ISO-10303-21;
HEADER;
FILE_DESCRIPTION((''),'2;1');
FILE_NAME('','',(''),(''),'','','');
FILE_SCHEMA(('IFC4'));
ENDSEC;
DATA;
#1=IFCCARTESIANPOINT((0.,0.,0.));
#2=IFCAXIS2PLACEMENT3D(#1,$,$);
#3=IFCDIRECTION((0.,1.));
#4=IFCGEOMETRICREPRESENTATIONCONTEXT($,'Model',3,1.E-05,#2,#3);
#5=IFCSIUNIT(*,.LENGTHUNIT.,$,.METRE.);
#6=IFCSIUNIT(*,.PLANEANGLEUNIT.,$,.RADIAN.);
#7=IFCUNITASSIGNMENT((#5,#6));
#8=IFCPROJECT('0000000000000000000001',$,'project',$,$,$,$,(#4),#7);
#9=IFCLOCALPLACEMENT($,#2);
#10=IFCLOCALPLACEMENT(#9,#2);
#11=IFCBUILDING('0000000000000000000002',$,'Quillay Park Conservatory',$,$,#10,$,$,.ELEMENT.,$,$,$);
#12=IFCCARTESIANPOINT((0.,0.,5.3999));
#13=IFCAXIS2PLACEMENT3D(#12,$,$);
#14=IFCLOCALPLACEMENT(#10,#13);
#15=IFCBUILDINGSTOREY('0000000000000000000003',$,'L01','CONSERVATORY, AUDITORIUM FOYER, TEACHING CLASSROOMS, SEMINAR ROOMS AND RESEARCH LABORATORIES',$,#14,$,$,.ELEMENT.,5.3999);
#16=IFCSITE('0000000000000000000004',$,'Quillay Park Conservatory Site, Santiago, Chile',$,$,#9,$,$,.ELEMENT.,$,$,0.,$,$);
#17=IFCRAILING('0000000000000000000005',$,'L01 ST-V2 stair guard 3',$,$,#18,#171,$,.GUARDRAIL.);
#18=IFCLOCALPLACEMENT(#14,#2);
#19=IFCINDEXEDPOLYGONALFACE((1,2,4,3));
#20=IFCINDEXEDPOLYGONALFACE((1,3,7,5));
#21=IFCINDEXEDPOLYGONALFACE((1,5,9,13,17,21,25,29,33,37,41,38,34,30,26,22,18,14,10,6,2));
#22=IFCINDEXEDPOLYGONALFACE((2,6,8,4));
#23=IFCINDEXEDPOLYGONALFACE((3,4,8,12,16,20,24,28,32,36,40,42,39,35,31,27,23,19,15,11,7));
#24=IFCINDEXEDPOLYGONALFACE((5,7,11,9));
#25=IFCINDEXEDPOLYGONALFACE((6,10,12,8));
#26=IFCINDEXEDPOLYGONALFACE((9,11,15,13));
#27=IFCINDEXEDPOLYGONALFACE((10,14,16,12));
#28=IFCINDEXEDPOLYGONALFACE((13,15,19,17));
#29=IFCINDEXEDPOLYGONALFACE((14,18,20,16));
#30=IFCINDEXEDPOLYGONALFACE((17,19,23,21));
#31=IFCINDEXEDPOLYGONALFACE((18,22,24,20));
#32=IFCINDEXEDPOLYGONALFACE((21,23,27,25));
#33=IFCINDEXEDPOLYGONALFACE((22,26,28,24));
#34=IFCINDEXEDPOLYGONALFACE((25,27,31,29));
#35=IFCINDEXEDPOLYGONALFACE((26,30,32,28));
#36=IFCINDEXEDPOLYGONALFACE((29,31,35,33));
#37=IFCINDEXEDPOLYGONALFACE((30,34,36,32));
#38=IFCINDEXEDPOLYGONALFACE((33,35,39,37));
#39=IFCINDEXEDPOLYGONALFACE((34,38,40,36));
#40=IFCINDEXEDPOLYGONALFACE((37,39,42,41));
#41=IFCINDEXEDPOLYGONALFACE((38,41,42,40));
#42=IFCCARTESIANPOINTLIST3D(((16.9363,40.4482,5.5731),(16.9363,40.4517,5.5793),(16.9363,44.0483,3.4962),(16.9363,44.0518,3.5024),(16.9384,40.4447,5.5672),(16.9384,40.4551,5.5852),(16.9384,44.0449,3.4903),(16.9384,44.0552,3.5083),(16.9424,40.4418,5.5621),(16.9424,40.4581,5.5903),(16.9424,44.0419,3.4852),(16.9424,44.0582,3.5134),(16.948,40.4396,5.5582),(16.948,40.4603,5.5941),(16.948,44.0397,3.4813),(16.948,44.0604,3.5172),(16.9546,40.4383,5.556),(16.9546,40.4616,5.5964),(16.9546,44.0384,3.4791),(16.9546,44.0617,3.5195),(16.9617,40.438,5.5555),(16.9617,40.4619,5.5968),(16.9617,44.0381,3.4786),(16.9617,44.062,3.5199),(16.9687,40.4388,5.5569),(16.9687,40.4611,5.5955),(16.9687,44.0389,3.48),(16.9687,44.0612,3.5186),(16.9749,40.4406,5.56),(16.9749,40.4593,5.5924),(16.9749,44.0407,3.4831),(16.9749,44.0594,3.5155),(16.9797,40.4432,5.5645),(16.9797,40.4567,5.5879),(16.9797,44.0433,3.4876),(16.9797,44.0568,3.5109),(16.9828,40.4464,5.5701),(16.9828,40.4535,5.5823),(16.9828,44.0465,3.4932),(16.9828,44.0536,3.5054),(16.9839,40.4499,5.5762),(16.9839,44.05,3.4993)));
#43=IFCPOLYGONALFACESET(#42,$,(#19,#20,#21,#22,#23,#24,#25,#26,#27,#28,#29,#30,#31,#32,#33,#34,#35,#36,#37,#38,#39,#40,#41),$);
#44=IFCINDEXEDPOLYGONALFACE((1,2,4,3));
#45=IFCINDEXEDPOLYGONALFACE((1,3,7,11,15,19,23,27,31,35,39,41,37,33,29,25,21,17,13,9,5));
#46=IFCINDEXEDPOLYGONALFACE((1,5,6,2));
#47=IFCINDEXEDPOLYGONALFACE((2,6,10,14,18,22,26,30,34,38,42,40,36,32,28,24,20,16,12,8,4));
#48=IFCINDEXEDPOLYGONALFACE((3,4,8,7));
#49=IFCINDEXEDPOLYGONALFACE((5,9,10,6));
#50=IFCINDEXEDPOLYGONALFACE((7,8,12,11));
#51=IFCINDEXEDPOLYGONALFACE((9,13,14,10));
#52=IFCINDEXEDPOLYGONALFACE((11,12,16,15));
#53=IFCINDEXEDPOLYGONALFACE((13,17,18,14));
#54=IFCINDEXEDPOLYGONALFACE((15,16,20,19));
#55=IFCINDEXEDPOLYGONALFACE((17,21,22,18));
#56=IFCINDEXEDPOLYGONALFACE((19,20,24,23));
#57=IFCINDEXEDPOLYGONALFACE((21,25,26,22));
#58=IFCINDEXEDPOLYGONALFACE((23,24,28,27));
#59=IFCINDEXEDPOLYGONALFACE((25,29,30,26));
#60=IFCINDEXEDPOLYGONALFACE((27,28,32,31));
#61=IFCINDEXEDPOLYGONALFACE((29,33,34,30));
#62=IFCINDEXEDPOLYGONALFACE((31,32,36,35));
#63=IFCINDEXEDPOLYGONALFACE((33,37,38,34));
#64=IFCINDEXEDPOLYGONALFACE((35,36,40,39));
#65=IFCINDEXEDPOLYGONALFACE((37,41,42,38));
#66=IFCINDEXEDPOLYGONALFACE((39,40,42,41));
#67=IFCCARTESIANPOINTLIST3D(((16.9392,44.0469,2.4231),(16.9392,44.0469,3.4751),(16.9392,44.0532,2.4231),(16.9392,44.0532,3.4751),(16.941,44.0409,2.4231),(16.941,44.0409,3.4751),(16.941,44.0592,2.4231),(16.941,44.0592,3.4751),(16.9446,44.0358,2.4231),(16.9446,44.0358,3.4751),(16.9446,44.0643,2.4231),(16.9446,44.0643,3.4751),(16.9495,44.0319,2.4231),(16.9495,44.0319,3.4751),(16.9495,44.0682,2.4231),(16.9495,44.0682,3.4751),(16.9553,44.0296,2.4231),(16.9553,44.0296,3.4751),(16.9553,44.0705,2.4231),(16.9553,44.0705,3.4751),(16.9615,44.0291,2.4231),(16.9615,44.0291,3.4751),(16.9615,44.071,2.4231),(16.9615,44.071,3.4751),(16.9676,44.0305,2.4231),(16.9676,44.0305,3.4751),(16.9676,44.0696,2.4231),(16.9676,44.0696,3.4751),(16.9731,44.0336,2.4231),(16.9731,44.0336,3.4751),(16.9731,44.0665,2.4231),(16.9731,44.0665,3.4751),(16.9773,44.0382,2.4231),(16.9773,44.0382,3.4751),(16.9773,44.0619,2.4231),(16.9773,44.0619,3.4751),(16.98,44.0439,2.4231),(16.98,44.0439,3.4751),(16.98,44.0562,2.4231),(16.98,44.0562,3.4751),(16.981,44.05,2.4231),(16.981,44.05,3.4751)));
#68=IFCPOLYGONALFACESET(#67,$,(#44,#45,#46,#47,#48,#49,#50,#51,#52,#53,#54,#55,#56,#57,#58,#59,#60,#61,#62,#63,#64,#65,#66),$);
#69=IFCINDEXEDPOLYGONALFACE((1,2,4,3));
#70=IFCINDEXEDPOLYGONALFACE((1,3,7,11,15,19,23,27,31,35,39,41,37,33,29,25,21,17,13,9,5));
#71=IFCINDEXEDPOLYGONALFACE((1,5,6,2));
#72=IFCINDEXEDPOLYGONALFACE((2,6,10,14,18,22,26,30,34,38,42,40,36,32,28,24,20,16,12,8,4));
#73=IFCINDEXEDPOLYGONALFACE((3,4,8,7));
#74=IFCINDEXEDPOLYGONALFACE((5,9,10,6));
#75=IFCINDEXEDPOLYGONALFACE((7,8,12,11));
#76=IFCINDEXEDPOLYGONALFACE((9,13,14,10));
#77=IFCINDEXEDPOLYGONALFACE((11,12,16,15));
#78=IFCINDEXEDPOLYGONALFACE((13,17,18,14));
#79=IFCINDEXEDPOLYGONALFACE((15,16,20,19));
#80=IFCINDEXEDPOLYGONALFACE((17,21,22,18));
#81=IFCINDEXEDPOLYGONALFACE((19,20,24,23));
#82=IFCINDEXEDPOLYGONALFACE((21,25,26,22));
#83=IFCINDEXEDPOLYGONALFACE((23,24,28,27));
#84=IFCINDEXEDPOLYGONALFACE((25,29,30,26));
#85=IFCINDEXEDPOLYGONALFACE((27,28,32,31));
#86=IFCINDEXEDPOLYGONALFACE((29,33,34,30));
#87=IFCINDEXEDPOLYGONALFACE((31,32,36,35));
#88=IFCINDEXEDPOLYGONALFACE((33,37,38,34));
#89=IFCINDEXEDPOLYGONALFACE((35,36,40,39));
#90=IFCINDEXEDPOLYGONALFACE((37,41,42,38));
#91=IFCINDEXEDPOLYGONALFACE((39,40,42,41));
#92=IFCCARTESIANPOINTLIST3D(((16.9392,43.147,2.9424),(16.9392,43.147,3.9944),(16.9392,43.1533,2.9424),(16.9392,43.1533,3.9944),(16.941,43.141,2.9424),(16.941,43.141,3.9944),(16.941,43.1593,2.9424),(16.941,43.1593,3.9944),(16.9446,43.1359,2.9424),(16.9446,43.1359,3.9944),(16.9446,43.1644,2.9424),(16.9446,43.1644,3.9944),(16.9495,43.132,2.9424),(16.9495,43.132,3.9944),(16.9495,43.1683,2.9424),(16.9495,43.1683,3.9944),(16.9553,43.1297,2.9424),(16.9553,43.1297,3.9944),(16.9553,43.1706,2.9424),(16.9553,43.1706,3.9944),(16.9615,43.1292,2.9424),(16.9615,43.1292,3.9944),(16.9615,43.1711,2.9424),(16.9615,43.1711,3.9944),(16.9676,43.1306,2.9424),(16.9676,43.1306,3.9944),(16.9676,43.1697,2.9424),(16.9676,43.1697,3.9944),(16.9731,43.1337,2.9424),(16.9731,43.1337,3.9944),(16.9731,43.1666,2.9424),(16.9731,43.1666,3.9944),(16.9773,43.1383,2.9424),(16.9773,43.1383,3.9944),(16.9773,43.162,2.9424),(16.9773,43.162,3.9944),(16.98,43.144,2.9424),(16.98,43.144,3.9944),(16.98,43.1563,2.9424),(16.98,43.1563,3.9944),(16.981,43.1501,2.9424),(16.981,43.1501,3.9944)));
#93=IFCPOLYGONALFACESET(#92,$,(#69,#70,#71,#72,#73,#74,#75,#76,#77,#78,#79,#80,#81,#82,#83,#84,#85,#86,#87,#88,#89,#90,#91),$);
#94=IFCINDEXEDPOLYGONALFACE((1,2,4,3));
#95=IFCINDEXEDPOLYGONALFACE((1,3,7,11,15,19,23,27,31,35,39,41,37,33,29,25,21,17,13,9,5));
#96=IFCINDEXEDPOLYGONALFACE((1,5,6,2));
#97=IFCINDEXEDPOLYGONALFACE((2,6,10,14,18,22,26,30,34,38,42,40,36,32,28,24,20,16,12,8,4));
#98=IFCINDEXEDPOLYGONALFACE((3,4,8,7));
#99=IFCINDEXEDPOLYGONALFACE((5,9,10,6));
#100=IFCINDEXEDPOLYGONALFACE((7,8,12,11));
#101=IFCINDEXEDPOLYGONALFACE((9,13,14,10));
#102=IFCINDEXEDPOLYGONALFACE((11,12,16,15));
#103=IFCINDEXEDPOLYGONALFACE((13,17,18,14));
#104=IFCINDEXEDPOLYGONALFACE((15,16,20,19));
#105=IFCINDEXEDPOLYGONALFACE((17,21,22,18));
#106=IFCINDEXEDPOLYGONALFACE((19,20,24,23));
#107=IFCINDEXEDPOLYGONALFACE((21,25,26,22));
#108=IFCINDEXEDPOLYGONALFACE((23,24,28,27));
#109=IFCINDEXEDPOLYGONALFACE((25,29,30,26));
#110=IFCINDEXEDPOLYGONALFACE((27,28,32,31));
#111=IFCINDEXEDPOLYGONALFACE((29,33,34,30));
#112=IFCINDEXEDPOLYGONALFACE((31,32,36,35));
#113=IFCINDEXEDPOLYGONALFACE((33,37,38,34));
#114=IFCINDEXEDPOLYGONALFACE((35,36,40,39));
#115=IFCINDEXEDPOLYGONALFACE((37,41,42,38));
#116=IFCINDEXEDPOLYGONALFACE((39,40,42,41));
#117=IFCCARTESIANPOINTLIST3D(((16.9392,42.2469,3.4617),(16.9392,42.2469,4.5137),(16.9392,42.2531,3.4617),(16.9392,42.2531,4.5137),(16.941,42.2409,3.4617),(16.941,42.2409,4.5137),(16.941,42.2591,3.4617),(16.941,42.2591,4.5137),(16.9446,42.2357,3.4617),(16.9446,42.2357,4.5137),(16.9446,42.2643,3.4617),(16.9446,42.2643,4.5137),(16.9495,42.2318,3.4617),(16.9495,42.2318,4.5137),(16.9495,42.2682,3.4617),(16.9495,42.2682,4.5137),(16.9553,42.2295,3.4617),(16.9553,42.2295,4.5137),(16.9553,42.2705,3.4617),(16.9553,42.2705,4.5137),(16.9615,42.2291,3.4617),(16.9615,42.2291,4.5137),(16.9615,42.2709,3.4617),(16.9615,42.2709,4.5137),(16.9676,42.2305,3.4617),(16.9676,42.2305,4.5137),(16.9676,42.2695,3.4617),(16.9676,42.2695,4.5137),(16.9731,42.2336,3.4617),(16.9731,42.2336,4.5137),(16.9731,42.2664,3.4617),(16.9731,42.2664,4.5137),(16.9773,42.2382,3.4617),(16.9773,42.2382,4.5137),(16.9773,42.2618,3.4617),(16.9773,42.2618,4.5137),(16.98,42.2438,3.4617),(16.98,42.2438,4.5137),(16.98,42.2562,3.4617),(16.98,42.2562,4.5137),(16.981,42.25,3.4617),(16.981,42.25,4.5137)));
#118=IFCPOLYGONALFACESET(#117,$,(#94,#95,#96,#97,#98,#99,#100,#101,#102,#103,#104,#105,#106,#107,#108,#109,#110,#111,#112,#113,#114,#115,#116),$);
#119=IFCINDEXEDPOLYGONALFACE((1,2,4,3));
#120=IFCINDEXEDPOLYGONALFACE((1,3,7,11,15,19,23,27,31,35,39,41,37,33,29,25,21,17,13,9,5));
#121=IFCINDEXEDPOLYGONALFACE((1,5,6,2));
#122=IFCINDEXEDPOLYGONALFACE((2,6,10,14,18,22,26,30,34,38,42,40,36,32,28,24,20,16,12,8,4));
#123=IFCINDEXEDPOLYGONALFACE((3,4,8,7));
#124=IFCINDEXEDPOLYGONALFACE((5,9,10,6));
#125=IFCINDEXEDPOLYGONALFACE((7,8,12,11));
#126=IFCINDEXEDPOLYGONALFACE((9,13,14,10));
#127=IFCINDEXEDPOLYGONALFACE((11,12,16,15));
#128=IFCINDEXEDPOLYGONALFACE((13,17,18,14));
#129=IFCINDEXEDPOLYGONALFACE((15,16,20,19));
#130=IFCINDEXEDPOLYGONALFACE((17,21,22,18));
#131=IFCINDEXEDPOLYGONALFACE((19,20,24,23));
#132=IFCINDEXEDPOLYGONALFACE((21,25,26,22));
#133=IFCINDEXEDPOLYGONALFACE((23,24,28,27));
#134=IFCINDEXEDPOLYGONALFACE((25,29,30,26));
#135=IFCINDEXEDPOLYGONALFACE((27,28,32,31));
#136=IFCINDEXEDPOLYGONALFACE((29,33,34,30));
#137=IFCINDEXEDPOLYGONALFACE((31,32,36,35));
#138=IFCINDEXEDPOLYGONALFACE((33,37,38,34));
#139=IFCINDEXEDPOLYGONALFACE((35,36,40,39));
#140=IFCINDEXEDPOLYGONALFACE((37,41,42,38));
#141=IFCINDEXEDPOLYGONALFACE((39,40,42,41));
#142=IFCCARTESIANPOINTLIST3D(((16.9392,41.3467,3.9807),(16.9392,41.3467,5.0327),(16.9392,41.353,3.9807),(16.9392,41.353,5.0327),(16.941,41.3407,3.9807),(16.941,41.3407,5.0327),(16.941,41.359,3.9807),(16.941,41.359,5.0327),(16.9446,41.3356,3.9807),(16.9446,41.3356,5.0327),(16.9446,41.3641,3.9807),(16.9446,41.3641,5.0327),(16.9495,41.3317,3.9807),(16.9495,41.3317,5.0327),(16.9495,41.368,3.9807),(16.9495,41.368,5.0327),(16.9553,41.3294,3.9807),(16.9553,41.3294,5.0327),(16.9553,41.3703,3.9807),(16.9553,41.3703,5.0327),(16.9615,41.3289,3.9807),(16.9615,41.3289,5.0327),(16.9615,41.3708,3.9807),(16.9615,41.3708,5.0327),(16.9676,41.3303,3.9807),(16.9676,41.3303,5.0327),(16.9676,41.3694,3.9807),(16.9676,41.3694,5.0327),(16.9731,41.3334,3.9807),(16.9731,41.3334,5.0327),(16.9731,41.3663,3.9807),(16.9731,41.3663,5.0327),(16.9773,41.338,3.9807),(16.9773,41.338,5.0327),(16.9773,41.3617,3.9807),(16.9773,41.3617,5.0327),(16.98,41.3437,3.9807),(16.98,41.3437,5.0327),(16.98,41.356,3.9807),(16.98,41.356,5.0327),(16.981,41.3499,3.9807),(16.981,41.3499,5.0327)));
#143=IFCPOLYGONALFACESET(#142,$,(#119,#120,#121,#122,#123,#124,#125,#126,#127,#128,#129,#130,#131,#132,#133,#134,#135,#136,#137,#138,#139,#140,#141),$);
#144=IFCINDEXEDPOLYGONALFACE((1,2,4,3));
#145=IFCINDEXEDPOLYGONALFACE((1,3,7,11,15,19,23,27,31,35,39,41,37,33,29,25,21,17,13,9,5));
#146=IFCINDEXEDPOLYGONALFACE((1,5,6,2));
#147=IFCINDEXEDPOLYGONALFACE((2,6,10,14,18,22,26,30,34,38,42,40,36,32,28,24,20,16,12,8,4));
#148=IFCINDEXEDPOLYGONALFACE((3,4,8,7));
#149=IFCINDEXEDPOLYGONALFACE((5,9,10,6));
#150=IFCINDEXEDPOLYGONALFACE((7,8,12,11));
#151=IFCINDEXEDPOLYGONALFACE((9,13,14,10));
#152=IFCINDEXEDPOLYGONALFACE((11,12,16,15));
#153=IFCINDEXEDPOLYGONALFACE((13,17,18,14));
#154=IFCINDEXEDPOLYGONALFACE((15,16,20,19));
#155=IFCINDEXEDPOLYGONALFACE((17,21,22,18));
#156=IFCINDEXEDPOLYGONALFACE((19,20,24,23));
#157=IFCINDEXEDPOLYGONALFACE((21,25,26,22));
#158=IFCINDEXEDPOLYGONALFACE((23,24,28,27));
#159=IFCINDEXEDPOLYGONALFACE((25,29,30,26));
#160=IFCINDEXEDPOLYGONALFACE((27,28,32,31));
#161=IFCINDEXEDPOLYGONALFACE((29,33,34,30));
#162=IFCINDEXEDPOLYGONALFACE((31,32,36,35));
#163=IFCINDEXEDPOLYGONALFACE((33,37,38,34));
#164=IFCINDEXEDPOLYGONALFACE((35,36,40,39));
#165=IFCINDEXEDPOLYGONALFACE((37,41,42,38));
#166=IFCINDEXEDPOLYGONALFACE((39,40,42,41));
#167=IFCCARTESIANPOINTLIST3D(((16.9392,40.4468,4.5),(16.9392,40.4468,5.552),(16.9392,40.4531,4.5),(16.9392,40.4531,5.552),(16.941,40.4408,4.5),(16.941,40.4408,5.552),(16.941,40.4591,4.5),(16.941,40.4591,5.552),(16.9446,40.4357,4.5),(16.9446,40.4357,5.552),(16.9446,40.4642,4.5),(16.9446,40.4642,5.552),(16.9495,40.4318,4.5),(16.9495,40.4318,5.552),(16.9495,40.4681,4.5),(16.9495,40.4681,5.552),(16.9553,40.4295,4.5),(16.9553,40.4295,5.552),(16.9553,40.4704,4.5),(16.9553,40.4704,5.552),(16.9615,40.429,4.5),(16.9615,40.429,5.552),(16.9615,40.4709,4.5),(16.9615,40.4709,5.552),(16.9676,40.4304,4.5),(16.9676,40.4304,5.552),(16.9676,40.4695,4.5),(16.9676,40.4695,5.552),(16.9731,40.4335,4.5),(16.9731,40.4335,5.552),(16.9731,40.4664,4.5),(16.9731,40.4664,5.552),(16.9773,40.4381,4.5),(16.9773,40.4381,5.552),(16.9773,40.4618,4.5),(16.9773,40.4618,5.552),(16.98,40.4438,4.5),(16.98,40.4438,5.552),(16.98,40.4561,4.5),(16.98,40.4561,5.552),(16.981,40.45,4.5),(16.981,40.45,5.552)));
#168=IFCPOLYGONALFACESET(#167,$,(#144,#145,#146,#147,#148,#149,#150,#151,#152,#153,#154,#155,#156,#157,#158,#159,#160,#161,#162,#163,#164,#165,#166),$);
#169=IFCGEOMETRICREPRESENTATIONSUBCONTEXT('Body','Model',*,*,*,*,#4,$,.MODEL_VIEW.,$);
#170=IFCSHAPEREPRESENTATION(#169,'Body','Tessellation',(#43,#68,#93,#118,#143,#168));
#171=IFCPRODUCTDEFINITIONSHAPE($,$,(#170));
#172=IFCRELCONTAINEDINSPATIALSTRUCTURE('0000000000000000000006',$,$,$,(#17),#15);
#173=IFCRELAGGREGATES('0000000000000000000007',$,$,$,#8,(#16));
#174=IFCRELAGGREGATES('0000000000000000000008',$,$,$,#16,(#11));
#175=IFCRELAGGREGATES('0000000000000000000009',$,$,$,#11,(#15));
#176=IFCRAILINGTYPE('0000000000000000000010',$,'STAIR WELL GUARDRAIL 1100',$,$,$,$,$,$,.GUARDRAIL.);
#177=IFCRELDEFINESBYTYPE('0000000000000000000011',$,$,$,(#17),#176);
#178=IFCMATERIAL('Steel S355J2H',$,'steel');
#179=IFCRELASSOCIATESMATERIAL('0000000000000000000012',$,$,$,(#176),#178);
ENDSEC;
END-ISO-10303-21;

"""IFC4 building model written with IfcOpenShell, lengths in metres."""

from ifc_helpers import new_model, si_unit, direction, frame, origin, origin_2d, place, context, subcontext, project, spatial, circle, extrude, material, type_object, element, save


model = new_model("IFC4")

# Units and contexts
model_context = context("Model", 3, precision=1e-05, world=origin(), true_north=direction((0.0, 1.0)))
body_context = subcontext(model_context, "Body", "Model", "MODEL_VIEW")
ifc_project = project(units=[si_unit("LENGTHUNIT", "METRE"), si_unit("PLANEANGLEUNIT", "RADIAN")], contexts=[model_context])

# Site, building, storey
site_placement = place(None, origin())
site = spatial("IfcSite", under=ifc_project, at=site_placement, Name="Quillay Park Conservatory Site, Santiago, Chile", CompositionType="ELEMENT", RefElevation=0.0)
building_placement = place(site_placement, origin())
building = spatial("IfcBuilding", under=site, at=building_placement, Name="Quillay Park Conservatory", CompositionType="ELEMENT")
storey_placement = place(building_placement, frame((0.0, 0.0, 5.3999)))
storey = spatial("IfcBuildingStorey", under=building, at=storey_placement, Name="L01", Description="CONSERVATORY, AUDITORIUM FOYER, TEACHING CLASSROOMS, SEMINAR ROOMS AND RESEARCH LABORATORIES", CompositionType="ELEMENT", Elevation=5.3999)

# Railing
ifc_material_1 = material(Name="Steel S355J2H", Category="steel")
railing_type_1 = type_object("IfcRailingType", Name="STAIR WELL GUARDRAIL 1100", PredefinedType="GUARDRAIL", material=ifc_material_1)
railing_1_placement = place(storey_placement, frame((16.96, 44.05, 2.4231)))
element("IfcRailing", 1, at=railing_1_placement, inside=storey, type_object=railing_type_1, Name="L01 ST-V2 stair guard 3", PredefinedType="GUARDRAIL", context=body_context, shape_type="SweptSolid", body=[
    extrude(circle(Radius=0.0239, at=origin_2d()), frame((0.0, 0.0, 1.0762), z_axis=(0.0, -0.866193, 0.499709), x_axis=(1.0, 0.0, 0.0)), (0.0, 0.0, 1.0), 4.1562),
    extrude(circle(Radius=0.021, at=origin_2d()), origin(), (0.0, 0.0, 1.0), 1.052),
    extrude(circle(Radius=0.021, at=origin_2d()), frame((0.0, -0.8999, 0.5193)), (0.0, 0.0, 1.0), 1.052),
    extrude(circle(Radius=0.021, at=origin_2d()), frame((0.0, -1.8, 1.0386)), (0.0, 0.0, 1.0), 1.052),
    extrude(circle(Radius=0.021, at=origin_2d()), frame((0.0, -2.7002, 1.5576)), (0.0, 0.0, 1.0), 1.052),
    extrude(circle(Radius=0.021, at=origin_2d()), frame((0.0, -3.6001, 2.0769)), (0.0, 0.0, 1.0), 1.052),
])

save(model, "model.ifc")
